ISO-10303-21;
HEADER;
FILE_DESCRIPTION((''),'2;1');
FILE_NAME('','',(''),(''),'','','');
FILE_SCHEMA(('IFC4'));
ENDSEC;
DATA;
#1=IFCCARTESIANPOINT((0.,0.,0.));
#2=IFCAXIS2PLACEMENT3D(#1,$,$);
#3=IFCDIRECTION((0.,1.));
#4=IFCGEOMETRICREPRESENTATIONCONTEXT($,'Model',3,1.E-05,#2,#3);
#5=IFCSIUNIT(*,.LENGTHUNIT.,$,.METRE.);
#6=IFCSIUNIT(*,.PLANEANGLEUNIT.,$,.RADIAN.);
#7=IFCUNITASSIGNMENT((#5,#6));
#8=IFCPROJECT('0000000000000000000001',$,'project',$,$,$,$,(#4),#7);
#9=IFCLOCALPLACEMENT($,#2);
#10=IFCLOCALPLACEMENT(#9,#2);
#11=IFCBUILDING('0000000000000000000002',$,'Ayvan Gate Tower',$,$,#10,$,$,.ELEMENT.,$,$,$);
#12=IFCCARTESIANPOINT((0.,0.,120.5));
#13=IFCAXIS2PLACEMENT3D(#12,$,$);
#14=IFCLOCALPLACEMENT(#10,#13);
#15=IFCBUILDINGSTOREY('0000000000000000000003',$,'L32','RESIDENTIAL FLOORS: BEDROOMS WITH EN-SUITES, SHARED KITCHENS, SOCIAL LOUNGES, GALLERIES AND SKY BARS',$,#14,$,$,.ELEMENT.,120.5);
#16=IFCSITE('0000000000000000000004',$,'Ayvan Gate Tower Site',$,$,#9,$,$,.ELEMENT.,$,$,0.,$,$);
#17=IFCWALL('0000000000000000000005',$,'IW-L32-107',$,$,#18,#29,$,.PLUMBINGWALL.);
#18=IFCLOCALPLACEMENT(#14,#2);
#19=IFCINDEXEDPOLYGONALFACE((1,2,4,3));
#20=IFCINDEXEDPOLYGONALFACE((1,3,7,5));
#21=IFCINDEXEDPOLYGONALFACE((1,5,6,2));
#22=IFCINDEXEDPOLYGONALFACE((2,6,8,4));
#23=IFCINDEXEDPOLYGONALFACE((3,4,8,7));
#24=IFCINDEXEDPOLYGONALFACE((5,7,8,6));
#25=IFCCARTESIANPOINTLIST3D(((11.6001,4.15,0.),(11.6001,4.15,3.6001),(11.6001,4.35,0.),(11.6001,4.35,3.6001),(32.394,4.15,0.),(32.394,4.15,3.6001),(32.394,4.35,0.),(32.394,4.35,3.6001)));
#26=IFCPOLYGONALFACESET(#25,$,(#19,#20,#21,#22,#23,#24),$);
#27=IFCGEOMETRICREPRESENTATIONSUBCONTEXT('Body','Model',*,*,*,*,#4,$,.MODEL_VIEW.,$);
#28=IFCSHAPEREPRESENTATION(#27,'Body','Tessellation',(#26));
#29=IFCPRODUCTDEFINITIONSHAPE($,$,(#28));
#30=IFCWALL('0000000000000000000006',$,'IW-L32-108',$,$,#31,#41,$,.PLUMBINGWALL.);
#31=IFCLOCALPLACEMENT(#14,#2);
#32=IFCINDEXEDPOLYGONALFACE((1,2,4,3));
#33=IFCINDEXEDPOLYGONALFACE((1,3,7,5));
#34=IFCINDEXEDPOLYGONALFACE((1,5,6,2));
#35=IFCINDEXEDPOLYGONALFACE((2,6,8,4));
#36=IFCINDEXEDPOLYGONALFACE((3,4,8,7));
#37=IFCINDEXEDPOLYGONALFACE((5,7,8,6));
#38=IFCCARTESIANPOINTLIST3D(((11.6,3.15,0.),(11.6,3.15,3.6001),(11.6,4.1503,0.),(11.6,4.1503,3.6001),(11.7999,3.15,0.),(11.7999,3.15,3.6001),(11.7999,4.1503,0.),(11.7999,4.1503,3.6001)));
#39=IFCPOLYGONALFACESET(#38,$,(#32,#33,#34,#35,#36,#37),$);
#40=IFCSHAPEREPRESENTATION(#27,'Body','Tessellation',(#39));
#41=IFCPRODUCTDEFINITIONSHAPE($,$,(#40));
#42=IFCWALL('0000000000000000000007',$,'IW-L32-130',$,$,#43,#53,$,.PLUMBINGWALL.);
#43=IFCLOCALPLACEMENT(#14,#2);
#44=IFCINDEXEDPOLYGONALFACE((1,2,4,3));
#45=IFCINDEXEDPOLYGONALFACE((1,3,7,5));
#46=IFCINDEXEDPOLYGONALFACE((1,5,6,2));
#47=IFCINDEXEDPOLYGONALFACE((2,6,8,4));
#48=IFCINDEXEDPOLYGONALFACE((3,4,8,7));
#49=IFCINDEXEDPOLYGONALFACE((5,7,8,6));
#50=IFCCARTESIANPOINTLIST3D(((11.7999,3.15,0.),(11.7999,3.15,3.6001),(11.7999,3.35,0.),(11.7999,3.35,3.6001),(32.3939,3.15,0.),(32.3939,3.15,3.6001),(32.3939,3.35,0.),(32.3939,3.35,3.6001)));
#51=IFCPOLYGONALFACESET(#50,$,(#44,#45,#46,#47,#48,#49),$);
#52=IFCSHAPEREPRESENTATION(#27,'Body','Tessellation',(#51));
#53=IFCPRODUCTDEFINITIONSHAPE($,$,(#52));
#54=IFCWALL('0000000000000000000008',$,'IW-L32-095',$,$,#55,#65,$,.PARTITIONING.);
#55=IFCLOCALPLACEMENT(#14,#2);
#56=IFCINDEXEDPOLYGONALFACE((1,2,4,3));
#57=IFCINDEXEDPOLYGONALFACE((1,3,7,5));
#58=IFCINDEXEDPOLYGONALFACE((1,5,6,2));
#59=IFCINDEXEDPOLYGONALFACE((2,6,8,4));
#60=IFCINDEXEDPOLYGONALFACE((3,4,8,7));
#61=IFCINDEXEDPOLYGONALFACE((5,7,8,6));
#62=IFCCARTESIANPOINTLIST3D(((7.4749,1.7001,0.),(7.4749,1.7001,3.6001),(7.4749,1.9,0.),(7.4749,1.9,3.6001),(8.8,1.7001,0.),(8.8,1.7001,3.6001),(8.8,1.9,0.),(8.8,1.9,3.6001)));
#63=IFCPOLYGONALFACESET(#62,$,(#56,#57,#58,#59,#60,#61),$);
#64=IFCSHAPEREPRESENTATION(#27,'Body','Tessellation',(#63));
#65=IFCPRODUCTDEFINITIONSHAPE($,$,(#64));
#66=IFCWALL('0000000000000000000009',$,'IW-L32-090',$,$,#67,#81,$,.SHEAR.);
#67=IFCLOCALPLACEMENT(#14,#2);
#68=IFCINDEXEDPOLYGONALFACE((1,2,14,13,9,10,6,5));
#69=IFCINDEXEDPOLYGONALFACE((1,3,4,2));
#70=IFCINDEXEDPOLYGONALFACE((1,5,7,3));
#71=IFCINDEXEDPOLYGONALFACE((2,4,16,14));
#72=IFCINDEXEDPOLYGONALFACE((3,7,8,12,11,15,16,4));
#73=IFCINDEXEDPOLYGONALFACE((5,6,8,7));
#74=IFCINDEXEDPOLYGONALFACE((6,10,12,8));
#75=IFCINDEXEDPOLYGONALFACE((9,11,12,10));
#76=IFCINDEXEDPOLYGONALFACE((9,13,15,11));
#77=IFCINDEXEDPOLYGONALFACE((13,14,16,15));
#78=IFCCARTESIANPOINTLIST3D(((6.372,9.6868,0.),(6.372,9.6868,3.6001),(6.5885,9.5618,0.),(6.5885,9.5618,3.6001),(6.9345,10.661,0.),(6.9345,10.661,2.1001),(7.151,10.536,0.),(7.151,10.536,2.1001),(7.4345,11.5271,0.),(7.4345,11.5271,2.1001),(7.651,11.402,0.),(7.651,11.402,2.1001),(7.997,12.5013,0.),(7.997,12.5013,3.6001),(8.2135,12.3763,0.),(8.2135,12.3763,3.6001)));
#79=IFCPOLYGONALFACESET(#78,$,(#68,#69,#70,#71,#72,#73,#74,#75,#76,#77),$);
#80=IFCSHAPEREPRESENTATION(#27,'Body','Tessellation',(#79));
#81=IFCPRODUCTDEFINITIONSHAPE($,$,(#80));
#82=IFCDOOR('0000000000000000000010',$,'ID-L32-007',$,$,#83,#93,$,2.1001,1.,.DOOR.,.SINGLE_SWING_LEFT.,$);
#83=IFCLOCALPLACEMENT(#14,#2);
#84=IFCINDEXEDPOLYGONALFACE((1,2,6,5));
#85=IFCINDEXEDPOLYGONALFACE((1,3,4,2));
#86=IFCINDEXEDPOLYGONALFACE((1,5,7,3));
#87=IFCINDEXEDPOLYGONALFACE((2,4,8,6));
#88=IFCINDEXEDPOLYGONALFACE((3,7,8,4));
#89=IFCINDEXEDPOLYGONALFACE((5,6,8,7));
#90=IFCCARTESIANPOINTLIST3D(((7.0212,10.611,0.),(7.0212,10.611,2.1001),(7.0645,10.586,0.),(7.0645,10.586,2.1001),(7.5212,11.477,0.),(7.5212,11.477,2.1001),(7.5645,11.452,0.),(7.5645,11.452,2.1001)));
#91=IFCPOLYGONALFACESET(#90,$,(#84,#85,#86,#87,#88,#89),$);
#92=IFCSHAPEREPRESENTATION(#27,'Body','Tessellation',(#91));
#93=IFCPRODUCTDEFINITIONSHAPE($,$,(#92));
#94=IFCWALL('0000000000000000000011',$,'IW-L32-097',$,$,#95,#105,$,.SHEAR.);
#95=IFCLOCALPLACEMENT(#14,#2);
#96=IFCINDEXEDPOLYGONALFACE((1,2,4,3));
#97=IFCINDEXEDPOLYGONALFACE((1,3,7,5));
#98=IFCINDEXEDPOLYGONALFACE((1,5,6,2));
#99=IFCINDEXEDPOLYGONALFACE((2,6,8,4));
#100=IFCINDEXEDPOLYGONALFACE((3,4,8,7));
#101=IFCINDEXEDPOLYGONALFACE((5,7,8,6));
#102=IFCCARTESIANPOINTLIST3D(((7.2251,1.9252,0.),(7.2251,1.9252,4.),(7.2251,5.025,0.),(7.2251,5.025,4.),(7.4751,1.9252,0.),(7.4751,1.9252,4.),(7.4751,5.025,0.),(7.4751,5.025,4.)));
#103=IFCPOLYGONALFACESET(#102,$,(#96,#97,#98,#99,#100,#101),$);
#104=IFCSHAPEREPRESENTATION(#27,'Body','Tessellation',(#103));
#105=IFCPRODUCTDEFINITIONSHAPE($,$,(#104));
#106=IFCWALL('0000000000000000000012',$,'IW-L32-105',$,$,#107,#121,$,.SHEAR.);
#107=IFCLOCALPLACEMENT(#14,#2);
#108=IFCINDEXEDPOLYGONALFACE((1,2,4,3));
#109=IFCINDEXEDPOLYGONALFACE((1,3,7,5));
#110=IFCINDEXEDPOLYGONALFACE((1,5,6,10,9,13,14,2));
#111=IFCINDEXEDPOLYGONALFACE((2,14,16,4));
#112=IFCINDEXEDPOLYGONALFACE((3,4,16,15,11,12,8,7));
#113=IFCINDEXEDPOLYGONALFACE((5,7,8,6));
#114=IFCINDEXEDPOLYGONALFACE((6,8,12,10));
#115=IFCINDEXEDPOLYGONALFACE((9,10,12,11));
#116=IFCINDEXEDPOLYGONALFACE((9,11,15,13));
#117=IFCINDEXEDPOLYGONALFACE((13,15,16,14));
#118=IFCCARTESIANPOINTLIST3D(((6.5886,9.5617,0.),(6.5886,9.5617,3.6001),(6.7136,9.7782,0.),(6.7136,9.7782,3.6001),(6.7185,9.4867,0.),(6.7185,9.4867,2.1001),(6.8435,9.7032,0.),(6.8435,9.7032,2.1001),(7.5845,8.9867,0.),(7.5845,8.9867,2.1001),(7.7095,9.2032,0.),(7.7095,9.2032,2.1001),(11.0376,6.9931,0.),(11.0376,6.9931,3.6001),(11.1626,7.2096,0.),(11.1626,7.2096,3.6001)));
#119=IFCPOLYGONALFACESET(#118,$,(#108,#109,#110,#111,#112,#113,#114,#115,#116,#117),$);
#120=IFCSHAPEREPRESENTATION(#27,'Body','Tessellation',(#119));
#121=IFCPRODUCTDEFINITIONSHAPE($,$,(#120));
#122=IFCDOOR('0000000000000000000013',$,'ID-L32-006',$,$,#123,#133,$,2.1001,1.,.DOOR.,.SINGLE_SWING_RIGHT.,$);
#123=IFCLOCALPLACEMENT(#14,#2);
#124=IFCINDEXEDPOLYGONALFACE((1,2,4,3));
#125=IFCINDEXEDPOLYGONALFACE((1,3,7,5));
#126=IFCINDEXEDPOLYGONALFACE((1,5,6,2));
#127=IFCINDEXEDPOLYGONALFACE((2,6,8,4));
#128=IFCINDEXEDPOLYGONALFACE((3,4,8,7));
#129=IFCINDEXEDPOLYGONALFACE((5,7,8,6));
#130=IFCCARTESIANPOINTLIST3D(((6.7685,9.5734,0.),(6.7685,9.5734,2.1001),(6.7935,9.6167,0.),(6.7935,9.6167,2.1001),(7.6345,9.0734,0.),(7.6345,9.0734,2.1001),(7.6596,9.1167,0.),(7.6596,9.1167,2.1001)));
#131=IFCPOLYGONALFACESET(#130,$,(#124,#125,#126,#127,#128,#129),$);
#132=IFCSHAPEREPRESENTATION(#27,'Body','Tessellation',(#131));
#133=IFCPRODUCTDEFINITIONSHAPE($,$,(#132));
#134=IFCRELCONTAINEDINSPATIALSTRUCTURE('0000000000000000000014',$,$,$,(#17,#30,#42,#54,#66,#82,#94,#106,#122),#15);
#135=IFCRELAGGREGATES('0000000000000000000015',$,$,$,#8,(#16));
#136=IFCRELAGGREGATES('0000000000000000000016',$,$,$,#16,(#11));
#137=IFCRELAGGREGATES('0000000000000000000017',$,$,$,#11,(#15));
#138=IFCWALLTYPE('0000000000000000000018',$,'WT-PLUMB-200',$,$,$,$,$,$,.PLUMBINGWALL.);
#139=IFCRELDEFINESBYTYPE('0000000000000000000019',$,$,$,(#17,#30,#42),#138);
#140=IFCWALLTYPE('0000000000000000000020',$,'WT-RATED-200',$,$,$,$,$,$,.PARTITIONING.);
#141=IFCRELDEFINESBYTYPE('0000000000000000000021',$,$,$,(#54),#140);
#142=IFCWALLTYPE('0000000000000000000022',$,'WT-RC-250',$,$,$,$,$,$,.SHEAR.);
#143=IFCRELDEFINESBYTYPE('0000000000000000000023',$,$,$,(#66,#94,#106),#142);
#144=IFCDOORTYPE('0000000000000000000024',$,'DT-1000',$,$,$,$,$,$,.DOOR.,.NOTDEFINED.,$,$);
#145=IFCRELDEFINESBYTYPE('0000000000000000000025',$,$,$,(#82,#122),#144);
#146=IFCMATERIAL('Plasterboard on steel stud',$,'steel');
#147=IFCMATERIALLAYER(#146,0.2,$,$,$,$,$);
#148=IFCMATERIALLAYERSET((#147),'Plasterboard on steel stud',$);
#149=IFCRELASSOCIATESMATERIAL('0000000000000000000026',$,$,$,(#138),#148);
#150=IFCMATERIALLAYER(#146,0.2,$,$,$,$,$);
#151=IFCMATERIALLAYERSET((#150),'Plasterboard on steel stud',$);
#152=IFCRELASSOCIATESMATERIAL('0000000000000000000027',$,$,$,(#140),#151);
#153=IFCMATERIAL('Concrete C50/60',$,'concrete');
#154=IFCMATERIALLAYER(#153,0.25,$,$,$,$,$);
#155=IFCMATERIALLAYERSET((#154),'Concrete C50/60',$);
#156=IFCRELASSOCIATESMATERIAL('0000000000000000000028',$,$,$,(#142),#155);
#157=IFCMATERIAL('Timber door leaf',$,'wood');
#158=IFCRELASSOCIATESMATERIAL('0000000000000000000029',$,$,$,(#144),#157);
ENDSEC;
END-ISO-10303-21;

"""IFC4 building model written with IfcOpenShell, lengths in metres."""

from ifc_helpers import new_model, si_unit, direction, frame, frame_2d, origin, place, context, subcontext, project, spatial, rectangle, extrude, material, layer, layer_set, type_object, element, fill, save


model = new_model("IFC4")

# Units and contexts
model_context = context("Model", 3, precision=1e-05, world=origin(), true_north=direction((0.0, 1.0)))
body_context = subcontext(model_context, "Body", "Model", "MODEL_VIEW")
ifc_project = project(units=[si_unit("LENGTHUNIT", "METRE"), si_unit("PLANEANGLEUNIT", "RADIAN")], contexts=[model_context])

# Site, building, storey
site_placement = place(None, origin())
site = spatial("IfcSite", under=ifc_project, at=site_placement, Name="Ayvan Gate Tower Site", CompositionType="ELEMENT", RefElevation=0.0)
building_placement = place(site_placement, origin())
building = spatial("IfcBuilding", under=site, at=building_placement, Name="Ayvan Gate Tower", CompositionType="ELEMENT")
storey_placement = place(building_placement, frame((0.0, 0.0, 120.5)))
storey = spatial("IfcBuildingStorey", under=building, at=storey_placement, Name="L32", Description="RESIDENTIAL FLOORS: BEDROOMS WITH EN-SUITES, SHARED KITCHENS, SOCIAL LOUNGES, GALLERIES AND SKY BARS", CompositionType="ELEMENT", Elevation=120.5)

# Shared definitions
ifc_material_1 = material(Name="Timber door leaf", Category="wood")

# Shared definitions
ifc_material_2 = material(Name="Plasterboard on steel stud", Category="steel")

# Walls
ifc_layer_1 = layer(ifc_material_2, 0.2)
ifc_layer_set_1 = layer_set([ifc_layer_1], Name="Plasterboard on steel stud")
wall_type_1 = type_object("IfcWallType", Name="WT-PLUMB-200", PredefinedType="PLUMBINGWALL", material=ifc_layer_set_1)
wall_1_placement = place(storey_placement, frame((11.6001, 4.25, 0.0), z_axis=(0.0, 0.0, 1.0), x_axis=(1.0, 0.0, 0.0)))
element("IfcWall", 1, at=wall_1_placement, inside=storey, type_object=wall_type_1, Name="IW-L32-107", PredefinedType="PLUMBINGWALL", context=body_context, shape_type="SweptSolid", body=[
    extrude(rectangle(XDim=20.7939, YDim=0.2, at=frame_2d((10.397, 0.0))), origin(), (0.0, 0.0, 1.0), 3.6001),
])
wall_2_placement = place(storey_placement, frame((11.7, 4.1501, 0.0), z_axis=(0.0, 0.0, 1.0), x_axis=(0.0, -1.0, 0.0)))
element("IfcWall", 2, at=wall_2_placement, inside=storey, type_object=wall_type_1, Name="IW-L32-108", PredefinedType="PLUMBINGWALL", context=body_context, shape_type="SweptSolid", body=[
    extrude(rectangle(XDim=1.0002, YDim=0.2, at=frame_2d((0.5, 0.0))), origin(), (0.0, 0.0, 1.0), 3.6001),
])
wall_3_placement = place(storey_placement, frame((11.8, 3.25, 0.0), z_axis=(0.0, 0.0, 1.0), x_axis=(1.0, 0.0, 0.0)))
element("IfcWall", 3, at=wall_3_placement, inside=storey, type_object=wall_type_1, Name="IW-L32-130", PredefinedType="PLUMBINGWALL", context=body_context, shape_type="SweptSolid", body=[
    extrude(rectangle(XDim=20.594, YDim=0.2, at=frame_2d((10.2969, 0.0))), origin(), (0.0, 0.0, 1.0), 3.6001),
])
ifc_layer_2 = layer(ifc_material_2, 0.2)
ifc_layer_set_2 = layer_set([ifc_layer_2], Name="Plasterboard on steel stud")
wall_type_2 = type_object("IfcWallType", Name="WT-RATED-200", PredefinedType="PARTITIONING", material=ifc_layer_set_2)
wall_4_placement = place(storey_placement, frame((7.4749, 1.8, 0.0), z_axis=(0.0, 0.0, 1.0), x_axis=(1.0, 0.0, 0.0)))
element("IfcWall", 4, at=wall_4_placement, inside=storey, type_object=wall_type_2, Name="IW-L32-095", PredefinedType="PARTITIONING", context=body_context, shape_type="SweptSolid", body=[
    extrude(rectangle(XDim=1.3252, YDim=0.2, at=frame_2d((0.6626, 0.0))), origin(), (0.0, 0.0, 1.0), 3.6001),
])

# Wall, opening, door
ifc_material_3 = material(Name="Concrete C50/60", Category="concrete")
ifc_layer_3 = layer(ifc_material_3, 0.25)
ifc_layer_set_3 = layer_set([ifc_layer_3], Name="Concrete C50/60")
wall_type_3 = type_object("IfcWallType", Name="WT-RC-250", PredefinedType="SHEAR", material=ifc_layer_set_3)
wall_5_placement = place(storey_placement, frame((6.4802, 9.6243, 0.0), z_axis=(0.0, 0.0, 1.0), x_axis=(0.500017, 0.866015, 0.0)))
wall_5 = element("IfcWall", 5, at=wall_5_placement, inside=storey, type_object=wall_type_3, Name="IW-L32-090", PredefinedType="SHEAR", context=body_context, shape_type="SweptSolid", body=[
    extrude(rectangle(XDim=3.25, YDim=0.25, at=frame_2d((1.625, 0.0))), origin(), (0.0, 0.0, 1.0), 3.6001),
])
opening_1_placement = place(wall_5_placement, frame((1.125, 0.0, 0.0)))
opening_1 = element("IfcOpeningElement", 6, at=opening_1_placement, cuts=wall_5, PredefinedType="OPENING", context=body_context, shape_type="SweptSolid", body=[
    extrude(rectangle(XDim=1.0, YDim=2.1001, at=frame_2d((0.5, 1.05))), frame((0.0, 0.135, 0.0), z_axis=(0.0, -1.0, 0.0), x_axis=(1.0, 0.0, 0.0)), (0.0, 0.0, 1.0), 0.27),
])
door_type_1 = type_object("IfcDoorType", Name="DT-1000", OperationType="NOTDEFINED", PredefinedType="DOOR", material=ifc_material_1)
door_1_placement = place(opening_1_placement, origin())
door_1 = element("IfcDoor", 7, at=door_1_placement, inside=storey, type_object=door_type_1, Name="ID-L32-007", OperationType="SINGLE_SWING_LEFT", OverallHeight=2.1001, OverallWidth=1.0, PredefinedType="DOOR", context=body_context, shape_type="SweptSolid", body=[
    extrude(rectangle(XDim=1.0, YDim=2.1001, at=frame_2d((0.5, 1.05))), frame((0.0, 0.0249, 0.0), z_axis=(0.0, -1.0, 0.0), x_axis=(1.0, 0.0, 0.0)), (0.0, 0.0, 1.0), 0.05),
])
fill(opening_1, door_1)

# Wall
wall_6_placement = place(storey_placement, frame((7.3501, 5.0249, 0.0), z_axis=(0.0, 0.0, 1.0), x_axis=(0.0, -1.0, 0.0)))
element("IfcWall", 8, at=wall_6_placement, inside=storey, type_object=wall_type_3, Name="IW-L32-097", PredefinedType="SHEAR", context=body_context, shape_type="SweptSolid", body=[
    extrude(rectangle(XDim=3.0999, YDim=0.25, at=frame_2d((1.5498, 0.0))), origin(), (0.0, 0.0, 1.0), 4.0),
])

# Wall, opening, door
wall_7_placement = place(storey_placement, frame((11.1001, 7.1013, 0.0), z_axis=(0.0, 0.0, 1.0), x_axis=(-0.866027, 0.499998, 0.0)))
wall_7 = element("IfcWall", 9, at=wall_7_placement, inside=storey, type_object=wall_type_3, Name="IW-L32-105", PredefinedType="SHEAR", context=body_context, shape_type="SweptSolid", body=[
    extrude(rectangle(XDim=5.1372, YDim=0.25, at=frame_2d((2.5686, 0.0))), origin(), (0.0, 0.0, 1.0), 3.6001),
])
opening_2_placement = place(wall_7_placement, frame((3.9873, 0.0, 0.0)))
opening_2 = element("IfcOpeningElement", 10, at=opening_2_placement, cuts=wall_7, PredefinedType="OPENING", context=body_context, shape_type="SweptSolid", body=[
    extrude(rectangle(XDim=1.0, YDim=2.1001, at=frame_2d((0.5, 1.05))), frame((0.0, 0.135, 0.0), z_axis=(0.0, -1.0, 0.0), x_axis=(1.0, 0.0, 0.0)), (0.0, 0.0, 1.0), 0.27),
])
door_2_placement = place(opening_2_placement, origin())
door_2 = element("IfcDoor", 11, at=door_2_placement, inside=storey, type_object=door_type_1, Name="ID-L32-006", OperationType="SINGLE_SWING_RIGHT", OverallHeight=2.1001, OverallWidth=1.0, PredefinedType="DOOR", context=body_context, shape_type="SweptSolid", body=[
    extrude(rectangle(XDim=1.0, YDim=2.1001, at=frame_2d((0.5, 1.05))), frame((0.0, 0.0249, 0.0), z_axis=(0.0, -1.0, 0.0), x_axis=(1.0, 0.0, 0.0)), (0.0, 0.0, 1.0), 0.05),
])
fill(opening_2, door_2)

save(model, "model.ifc")
